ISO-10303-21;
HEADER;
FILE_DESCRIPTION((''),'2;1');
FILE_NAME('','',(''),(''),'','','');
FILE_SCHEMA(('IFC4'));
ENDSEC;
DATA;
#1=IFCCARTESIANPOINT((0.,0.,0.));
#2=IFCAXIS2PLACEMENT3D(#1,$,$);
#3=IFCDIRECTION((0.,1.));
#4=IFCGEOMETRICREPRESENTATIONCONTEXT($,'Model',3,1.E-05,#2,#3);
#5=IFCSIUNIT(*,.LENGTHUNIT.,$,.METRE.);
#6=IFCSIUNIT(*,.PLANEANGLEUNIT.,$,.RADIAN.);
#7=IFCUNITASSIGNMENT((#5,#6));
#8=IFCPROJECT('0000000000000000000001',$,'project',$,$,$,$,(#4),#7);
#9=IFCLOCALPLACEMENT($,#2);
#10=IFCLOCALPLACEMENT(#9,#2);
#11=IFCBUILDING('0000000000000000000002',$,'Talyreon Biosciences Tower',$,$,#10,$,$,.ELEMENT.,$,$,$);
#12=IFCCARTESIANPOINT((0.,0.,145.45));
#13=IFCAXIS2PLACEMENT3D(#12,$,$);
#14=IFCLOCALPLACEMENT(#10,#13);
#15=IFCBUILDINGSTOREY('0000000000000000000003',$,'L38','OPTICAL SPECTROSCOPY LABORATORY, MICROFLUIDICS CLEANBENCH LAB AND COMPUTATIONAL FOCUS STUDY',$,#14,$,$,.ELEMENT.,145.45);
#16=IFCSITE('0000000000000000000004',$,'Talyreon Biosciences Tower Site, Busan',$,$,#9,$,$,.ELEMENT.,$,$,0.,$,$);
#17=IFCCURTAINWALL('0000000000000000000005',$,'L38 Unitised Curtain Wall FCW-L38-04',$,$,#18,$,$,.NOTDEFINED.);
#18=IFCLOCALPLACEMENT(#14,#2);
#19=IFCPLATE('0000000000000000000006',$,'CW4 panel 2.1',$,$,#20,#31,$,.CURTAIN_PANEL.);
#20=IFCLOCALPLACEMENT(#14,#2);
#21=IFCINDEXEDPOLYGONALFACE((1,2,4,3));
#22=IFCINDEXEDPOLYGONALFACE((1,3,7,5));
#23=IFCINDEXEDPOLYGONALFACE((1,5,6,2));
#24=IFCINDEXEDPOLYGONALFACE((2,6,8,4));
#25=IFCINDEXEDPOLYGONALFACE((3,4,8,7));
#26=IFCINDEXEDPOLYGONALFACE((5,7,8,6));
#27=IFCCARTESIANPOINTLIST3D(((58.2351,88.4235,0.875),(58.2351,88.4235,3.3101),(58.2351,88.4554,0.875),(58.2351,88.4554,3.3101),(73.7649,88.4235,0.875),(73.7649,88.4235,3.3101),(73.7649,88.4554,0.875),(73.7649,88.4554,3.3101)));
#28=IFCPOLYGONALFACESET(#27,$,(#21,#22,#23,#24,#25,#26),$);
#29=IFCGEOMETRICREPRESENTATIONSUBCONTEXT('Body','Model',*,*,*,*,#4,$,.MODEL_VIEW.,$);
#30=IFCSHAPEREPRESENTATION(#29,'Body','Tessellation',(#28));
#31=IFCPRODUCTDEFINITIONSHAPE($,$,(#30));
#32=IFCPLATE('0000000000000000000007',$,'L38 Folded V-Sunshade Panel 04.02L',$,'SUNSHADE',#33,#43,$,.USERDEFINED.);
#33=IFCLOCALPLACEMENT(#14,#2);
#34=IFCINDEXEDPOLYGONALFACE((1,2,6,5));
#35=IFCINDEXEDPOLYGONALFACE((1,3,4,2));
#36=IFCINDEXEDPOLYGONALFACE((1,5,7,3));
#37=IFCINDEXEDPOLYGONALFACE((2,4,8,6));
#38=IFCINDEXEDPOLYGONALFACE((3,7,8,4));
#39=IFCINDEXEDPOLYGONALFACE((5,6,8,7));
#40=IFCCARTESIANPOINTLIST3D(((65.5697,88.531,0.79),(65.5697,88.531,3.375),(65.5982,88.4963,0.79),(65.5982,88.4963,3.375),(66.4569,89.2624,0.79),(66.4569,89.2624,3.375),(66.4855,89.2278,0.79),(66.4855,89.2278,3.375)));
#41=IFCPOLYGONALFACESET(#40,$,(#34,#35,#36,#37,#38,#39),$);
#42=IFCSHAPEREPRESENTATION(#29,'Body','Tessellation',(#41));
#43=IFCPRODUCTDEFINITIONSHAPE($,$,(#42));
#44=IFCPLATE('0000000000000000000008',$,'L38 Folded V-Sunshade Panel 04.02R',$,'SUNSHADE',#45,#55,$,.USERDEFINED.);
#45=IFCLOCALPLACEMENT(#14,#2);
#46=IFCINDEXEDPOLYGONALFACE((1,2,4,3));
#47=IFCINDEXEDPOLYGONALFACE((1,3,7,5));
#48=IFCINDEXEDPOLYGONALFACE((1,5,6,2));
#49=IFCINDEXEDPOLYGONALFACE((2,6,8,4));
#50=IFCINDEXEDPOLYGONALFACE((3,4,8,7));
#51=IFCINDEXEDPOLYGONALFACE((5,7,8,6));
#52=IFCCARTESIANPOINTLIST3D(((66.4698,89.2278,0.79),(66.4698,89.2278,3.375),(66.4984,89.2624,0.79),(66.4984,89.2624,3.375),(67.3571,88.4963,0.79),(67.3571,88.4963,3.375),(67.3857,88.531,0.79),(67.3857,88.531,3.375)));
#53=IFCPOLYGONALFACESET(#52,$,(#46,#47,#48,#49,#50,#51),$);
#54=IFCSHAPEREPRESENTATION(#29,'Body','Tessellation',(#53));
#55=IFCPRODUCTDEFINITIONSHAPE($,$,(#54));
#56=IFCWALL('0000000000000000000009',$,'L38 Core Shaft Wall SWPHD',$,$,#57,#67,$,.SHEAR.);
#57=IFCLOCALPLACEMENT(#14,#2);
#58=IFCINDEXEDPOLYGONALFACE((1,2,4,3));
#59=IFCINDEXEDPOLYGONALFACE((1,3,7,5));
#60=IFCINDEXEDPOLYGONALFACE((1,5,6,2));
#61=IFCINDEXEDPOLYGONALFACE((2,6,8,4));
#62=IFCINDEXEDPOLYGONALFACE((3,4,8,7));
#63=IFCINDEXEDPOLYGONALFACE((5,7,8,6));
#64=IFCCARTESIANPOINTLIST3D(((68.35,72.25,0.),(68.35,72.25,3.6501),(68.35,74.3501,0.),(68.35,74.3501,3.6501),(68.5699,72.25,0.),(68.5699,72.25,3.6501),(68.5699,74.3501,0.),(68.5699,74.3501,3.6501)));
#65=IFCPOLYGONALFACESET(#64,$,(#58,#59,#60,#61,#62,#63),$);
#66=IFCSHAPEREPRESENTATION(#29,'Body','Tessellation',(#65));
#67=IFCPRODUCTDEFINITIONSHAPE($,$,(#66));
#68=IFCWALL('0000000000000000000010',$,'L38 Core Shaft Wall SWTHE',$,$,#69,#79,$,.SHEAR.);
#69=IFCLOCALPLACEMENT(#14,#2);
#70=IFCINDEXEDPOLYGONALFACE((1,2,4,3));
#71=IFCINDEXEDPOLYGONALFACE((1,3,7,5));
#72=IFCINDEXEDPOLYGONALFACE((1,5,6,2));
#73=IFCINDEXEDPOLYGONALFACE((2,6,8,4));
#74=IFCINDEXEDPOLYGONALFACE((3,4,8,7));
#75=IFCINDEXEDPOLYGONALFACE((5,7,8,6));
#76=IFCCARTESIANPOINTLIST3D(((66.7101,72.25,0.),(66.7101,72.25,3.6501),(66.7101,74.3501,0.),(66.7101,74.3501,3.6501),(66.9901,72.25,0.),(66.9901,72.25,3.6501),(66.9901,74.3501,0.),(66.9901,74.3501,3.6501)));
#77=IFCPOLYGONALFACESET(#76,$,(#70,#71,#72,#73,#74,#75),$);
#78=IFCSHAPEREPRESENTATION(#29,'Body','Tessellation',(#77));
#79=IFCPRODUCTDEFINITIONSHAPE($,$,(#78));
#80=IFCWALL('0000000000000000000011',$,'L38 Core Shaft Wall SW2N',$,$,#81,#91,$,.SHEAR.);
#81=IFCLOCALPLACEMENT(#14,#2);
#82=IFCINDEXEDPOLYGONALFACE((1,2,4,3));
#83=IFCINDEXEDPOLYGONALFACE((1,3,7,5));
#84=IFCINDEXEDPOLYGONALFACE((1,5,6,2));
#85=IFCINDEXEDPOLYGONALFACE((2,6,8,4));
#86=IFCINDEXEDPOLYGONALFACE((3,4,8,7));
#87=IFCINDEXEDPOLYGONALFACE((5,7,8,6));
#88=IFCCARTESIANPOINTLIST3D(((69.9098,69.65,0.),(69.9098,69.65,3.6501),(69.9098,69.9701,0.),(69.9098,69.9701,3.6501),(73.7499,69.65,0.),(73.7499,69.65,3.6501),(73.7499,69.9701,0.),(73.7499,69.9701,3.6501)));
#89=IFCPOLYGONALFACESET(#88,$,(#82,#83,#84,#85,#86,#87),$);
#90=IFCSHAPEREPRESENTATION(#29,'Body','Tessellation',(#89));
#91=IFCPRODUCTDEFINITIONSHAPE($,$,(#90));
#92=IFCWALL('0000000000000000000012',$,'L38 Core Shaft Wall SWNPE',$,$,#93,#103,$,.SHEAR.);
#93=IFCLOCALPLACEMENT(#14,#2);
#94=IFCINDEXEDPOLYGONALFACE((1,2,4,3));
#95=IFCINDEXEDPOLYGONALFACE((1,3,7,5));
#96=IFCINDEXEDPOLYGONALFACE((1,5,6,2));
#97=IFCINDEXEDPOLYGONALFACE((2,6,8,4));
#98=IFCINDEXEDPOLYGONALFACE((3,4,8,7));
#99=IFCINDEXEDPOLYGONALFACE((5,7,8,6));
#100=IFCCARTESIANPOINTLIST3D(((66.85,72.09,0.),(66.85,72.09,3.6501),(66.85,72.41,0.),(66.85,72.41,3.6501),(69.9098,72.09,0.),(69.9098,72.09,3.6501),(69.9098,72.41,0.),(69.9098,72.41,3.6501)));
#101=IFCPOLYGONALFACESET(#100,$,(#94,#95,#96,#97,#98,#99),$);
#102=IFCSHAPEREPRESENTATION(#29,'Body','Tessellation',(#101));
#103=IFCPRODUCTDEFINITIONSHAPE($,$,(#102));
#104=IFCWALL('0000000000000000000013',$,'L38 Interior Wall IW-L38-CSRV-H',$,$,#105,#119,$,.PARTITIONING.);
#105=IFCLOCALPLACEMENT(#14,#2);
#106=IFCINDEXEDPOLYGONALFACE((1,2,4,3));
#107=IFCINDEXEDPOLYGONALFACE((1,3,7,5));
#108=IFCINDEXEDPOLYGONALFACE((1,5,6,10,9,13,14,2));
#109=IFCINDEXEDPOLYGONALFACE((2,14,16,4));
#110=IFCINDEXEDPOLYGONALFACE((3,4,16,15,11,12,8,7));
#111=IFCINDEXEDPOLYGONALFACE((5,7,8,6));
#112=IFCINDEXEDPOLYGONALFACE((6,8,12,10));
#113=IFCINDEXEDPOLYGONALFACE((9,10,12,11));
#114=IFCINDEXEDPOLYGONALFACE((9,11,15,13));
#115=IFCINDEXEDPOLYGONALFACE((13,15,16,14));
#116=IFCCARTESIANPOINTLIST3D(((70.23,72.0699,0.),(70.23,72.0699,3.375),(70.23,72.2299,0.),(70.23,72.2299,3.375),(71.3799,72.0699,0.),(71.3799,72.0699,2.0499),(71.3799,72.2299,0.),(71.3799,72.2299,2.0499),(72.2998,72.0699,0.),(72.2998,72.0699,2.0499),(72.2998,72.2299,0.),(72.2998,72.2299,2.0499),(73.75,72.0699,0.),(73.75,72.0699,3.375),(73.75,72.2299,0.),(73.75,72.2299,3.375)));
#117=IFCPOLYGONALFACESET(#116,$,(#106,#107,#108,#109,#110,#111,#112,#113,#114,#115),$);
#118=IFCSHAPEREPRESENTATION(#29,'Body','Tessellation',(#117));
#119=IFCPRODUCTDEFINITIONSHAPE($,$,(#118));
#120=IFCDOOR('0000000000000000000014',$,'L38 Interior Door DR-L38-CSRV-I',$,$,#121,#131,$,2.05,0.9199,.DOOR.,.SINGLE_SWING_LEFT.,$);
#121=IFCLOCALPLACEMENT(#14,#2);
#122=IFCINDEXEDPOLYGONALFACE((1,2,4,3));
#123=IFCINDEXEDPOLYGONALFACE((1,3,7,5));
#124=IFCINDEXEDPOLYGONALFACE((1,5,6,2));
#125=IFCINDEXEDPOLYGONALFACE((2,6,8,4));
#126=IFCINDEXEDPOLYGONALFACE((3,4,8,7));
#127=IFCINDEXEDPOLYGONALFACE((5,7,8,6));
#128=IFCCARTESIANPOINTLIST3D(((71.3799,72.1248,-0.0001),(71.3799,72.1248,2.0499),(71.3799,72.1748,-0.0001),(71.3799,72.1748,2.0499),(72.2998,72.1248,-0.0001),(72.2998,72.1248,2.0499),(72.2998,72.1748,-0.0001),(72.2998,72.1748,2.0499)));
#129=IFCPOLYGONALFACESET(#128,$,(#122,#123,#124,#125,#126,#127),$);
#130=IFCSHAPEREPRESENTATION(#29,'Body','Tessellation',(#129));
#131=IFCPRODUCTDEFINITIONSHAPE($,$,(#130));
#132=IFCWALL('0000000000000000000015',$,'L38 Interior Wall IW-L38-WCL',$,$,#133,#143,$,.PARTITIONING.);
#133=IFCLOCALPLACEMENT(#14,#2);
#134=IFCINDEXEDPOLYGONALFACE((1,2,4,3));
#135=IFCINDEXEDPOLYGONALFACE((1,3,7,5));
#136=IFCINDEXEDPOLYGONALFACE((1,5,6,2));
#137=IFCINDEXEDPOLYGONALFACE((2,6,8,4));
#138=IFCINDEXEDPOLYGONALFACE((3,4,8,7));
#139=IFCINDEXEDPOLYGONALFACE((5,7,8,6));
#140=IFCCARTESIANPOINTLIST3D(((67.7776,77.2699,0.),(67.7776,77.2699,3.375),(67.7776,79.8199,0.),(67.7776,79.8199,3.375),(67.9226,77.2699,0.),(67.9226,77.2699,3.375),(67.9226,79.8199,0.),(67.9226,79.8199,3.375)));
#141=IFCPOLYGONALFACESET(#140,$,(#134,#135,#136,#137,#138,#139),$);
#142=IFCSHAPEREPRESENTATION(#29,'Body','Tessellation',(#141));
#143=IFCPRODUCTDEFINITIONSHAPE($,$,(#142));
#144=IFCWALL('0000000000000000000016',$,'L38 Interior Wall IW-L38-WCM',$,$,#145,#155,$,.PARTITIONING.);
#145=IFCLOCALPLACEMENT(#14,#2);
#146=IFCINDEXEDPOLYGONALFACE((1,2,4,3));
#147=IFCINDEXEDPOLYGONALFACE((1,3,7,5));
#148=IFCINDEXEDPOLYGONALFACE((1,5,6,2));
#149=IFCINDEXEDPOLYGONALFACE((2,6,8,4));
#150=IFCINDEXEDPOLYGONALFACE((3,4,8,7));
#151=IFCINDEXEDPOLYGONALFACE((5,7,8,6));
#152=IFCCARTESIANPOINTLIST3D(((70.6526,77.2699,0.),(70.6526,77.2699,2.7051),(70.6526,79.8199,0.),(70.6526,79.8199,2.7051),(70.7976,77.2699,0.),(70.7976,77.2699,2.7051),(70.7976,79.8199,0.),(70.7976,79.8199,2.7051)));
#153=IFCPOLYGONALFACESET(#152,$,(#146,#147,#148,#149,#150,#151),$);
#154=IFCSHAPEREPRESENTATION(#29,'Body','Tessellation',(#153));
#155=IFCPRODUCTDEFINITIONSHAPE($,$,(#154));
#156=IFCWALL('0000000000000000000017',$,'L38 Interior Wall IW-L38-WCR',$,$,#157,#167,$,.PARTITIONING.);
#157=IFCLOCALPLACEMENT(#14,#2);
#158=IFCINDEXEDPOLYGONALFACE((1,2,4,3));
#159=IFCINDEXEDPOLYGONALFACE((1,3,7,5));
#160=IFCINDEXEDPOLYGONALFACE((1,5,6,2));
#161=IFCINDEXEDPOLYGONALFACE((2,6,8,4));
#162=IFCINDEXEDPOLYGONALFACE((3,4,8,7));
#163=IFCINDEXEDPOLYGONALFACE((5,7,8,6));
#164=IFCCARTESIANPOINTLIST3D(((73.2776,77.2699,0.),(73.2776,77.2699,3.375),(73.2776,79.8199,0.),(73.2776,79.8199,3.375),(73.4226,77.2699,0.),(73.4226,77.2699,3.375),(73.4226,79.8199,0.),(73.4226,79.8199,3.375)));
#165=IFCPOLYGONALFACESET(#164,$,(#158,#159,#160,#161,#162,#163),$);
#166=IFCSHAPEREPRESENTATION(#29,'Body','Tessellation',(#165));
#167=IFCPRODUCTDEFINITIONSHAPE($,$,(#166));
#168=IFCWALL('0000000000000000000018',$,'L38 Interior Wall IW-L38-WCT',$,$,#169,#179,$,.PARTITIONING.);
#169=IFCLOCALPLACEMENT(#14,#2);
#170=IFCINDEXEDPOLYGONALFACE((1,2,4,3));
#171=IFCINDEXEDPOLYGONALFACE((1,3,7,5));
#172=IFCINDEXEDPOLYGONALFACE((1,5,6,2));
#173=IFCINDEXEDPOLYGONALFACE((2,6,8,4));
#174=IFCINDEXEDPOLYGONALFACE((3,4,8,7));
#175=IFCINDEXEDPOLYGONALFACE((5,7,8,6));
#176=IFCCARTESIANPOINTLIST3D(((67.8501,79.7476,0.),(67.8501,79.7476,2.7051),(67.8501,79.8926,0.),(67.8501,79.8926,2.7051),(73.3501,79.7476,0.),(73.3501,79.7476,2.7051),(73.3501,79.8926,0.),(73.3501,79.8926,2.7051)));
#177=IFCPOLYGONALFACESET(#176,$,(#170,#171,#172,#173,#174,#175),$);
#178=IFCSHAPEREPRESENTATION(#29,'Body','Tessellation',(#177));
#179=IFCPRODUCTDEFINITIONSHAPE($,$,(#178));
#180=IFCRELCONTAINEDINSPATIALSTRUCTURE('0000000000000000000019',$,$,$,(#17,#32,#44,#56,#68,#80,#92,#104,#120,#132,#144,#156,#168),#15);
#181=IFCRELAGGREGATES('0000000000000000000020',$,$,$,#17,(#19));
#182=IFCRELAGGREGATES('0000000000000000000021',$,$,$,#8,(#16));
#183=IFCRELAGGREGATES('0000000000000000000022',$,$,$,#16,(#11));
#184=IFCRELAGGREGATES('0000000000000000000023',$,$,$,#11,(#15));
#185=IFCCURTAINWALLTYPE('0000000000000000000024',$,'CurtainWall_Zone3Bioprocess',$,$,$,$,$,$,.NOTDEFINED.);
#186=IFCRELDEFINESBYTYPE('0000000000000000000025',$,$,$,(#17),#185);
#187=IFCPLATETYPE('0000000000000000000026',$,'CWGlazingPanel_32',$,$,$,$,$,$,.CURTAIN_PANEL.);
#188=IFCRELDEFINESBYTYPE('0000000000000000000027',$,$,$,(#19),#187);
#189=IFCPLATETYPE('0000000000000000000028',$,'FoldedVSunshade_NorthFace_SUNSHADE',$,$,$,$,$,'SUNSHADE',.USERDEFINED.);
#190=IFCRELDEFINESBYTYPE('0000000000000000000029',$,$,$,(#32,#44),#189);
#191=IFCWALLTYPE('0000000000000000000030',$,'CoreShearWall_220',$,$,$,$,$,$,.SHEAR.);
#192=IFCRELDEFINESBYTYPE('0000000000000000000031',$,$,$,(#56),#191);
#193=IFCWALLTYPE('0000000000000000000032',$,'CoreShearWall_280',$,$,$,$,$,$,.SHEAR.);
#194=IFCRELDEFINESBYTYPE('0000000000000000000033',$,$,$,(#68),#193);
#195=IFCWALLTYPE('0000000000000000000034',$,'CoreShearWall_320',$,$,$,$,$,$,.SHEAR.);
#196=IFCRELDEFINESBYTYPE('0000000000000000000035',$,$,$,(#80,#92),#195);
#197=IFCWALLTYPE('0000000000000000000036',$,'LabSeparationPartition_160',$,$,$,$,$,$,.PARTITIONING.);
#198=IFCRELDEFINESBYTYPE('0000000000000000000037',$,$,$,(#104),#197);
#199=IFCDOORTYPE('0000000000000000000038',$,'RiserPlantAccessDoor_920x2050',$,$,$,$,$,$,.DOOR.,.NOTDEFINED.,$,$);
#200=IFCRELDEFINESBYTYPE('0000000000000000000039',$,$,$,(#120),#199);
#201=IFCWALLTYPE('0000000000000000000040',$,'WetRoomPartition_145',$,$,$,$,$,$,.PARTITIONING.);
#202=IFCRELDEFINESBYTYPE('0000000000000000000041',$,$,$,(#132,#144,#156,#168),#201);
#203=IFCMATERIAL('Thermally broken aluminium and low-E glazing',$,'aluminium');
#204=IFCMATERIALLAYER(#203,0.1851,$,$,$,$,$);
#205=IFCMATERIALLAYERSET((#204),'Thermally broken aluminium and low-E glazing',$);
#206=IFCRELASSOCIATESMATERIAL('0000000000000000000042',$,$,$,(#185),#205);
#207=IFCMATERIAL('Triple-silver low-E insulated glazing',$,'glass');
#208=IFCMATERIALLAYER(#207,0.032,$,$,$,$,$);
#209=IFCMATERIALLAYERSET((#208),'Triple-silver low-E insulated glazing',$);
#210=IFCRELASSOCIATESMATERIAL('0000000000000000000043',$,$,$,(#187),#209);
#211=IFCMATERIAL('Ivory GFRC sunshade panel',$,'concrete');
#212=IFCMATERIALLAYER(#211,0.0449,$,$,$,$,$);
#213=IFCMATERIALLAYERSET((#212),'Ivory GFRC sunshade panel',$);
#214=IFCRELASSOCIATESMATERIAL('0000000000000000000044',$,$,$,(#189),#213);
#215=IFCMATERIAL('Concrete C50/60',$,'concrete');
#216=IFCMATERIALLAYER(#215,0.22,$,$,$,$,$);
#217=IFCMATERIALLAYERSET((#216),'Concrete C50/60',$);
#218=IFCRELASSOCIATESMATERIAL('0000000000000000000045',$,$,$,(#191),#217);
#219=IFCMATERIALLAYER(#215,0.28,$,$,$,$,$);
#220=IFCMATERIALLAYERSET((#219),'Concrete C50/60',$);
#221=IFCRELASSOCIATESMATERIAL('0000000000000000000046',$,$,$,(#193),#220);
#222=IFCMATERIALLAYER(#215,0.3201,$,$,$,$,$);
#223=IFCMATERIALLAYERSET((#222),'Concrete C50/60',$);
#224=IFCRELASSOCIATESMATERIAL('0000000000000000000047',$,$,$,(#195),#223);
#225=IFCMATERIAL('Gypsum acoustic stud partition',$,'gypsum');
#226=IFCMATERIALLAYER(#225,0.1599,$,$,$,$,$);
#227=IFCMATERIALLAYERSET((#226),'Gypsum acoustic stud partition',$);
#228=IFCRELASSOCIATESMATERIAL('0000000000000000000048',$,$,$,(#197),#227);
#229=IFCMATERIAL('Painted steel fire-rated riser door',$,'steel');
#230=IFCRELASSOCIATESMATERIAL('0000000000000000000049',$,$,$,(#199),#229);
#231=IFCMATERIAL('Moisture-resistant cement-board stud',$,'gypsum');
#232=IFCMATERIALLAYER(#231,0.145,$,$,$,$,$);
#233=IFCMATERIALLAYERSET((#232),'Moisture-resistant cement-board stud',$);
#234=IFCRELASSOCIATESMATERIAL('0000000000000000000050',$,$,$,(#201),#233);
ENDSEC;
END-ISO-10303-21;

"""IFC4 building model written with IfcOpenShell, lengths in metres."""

from ifc_helpers import new_model, si_unit, direction, frame, frame_2d, origin, origin_2d, place, context, subcontext, project, spatial, rectangle, extrude, material, layer, layer_set, type_object, element, fill, aggregate, save


model = new_model("IFC4")

# Units and contexts
model_context = context("Model", 3, precision=1e-05, world=origin(), true_north=direction((0.0, 1.0)))
body_context = subcontext(model_context, "Body", "Model", "MODEL_VIEW")
ifc_project = project(units=[si_unit("LENGTHUNIT", "METRE"), si_unit("PLANEANGLEUNIT", "RADIAN")], contexts=[model_context])

# Site, building, storey
site_placement = place(None, origin())
site = spatial("IfcSite", under=ifc_project, at=site_placement, Name="Talyreon Biosciences Tower Site, Busan", CompositionType="ELEMENT", RefElevation=0.0)
building_placement = place(site_placement, origin())
building = spatial("IfcBuilding", under=site, at=building_placement, Name="Talyreon Biosciences Tower", CompositionType="ELEMENT")
storey_placement = place(building_placement, frame((0.0, 0.0, 145.45)))
storey = spatial("IfcBuildingStorey", under=building, at=storey_placement, Name="L38", Description="OPTICAL SPECTROSCOPY LABORATORY, MICROFLUIDICS CLEANBENCH LAB AND COMPUTATIONAL FOCUS STUDY", CompositionType="ELEMENT", Elevation=145.45)

# Shared definitions
ifc_material_1 = material(Name="Concrete C50/60", Category="concrete")

# Curtain wall
ifc_material_2 = material(Name="Thermally broken aluminium and low-E glazing", Category="aluminium")
ifc_layer_1 = layer(ifc_material_2, 0.1851)
ifc_layer_set_1 = layer_set([ifc_layer_1], Name="Thermally broken aluminium and low-E glazing")
curtain_wall_type = type_object("IfcCurtainWallType", Name="CurtainWall_Zone3Bioprocess", PredefinedType="NOTDEFINED", material=ifc_layer_set_1)
curtain_wall_placement = place(storey_placement, origin())
curtain_wall = element("IfcCurtainWall", 1, at=curtain_wall_placement, inside=storey, type_object=curtain_wall_type, Name="L38 Unitised Curtain Wall FCW-L38-04", PredefinedType="NOTDEFINED")

# Plate
ifc_material_3 = material(Name="Triple-silver low-E insulated glazing", Category="glass")
ifc_layer_2 = layer(ifc_material_3, 0.032)
ifc_layer_set_2 = layer_set([ifc_layer_2], Name="Triple-silver low-E insulated glazing")
plate_type_1 = type_object("IfcPlateType", Name="CWGlazingPanel_32", PredefinedType="CURTAIN_PANEL", material=ifc_layer_set_2)
plate_placement = place(storey_placement, frame((66.0, 88.4395, 0.875), z_axis=(0.0, 0.0, 1.0), x_axis=(1.0, 0.0, 0.0)))
plate = element("IfcPlate", 2, at=plate_placement, type_object=plate_type_1, Name="CW4 panel 2.1", PredefinedType="CURTAIN_PANEL", context=body_context, shape_type="SweptSolid", body=[
    extrude(rectangle(XDim=15.5298, YDim=0.032, at=origin_2d()), origin(), (0.0, 0.0, 1.0), 2.4351),
])
aggregate(curtain_wall, [plate])

# Plates
ifc_material_4 = material(Name="Ivory GFRC sunshade panel", Category="concrete")
ifc_layer_3 = layer(ifc_material_4, 0.0449)
ifc_layer_set_3 = layer_set([ifc_layer_3], Name="Ivory GFRC sunshade panel")
plate_type_2 = type_object("IfcPlateType", Name="FoldedVSunshade_NorthFace_SUNSHADE", ElementType="SUNSHADE", PredefinedType="USERDEFINED", material=ifc_layer_set_3)
for number, where, z_axis, x_axis, name in (
    (3, (66.0276, 88.8794, 0.79), (0.0, 0.0, 1.0), (0.771625, 0.636078, 0.0), "L38 Folded V-Sunshade Panel 04.02L"),
    (4, (66.9277, 88.8794, 0.79), (0.0, 0.0, 1.0), (0.771625, -0.636078, 0.0), "L38 Folded V-Sunshade Panel 04.02R"),
):
    element("IfcPlate", number, at=place(storey_placement, frame(where, z_axis=z_axis, x_axis=x_axis)), inside=storey, type_object=plate_type_2, Name=name, ObjectType="SUNSHADE", PredefinedType="USERDEFINED", context=body_context, shape_type="SweptSolid", body=[
        extrude(rectangle(XDim=1.1499, YDim=0.0449, at=origin_2d()), origin(), (0.0, 0.0, 1.0), 2.585),
    ])

# Walls
ifc_layer_4 = layer(ifc_material_1, 0.22)
ifc_layer_set_4 = layer_set([ifc_layer_4], Name="Concrete C50/60")
wall_type_1 = type_object("IfcWallType", Name="CoreShearWall_220", PredefinedType="SHEAR", material=ifc_layer_set_4)
wall_1_placement = place(storey_placement, frame((68.46, 72.25, 0.0), z_axis=(0.0, 0.0, 1.0), x_axis=(0.0, 1.0, 0.0)))
element("IfcWall", 5, at=wall_1_placement, inside=storey, type_object=wall_type_1, Name="L38 Core Shaft Wall SWPHD", PredefinedType="SHEAR", context=body_context, shape_type="SweptSolid", body=[
    extrude(rectangle(XDim=2.1001, YDim=0.22, at=frame_2d((1.05, 0.0))), origin(), (0.0, 0.0, 1.0), 3.6501),
])
ifc_layer_5 = layer(ifc_material_1, 0.28)
ifc_layer_set_5 = layer_set([ifc_layer_5], Name="Concrete C50/60")
wall_type_2 = type_object("IfcWallType", Name="CoreShearWall_280", PredefinedType="SHEAR", material=ifc_layer_set_5)
wall_2_placement = place(storey_placement, frame((66.8501, 72.25, 0.0), z_axis=(0.0, 0.0, 1.0), x_axis=(0.0, 1.0, 0.0)))
element("IfcWall", 6, at=wall_2_placement, inside=storey, type_object=wall_type_2, Name="L38 Core Shaft Wall SWTHE", PredefinedType="SHEAR", context=body_context, shape_type="SweptSolid", body=[
    extrude(rectangle(XDim=2.1001, YDim=0.28, at=frame_2d((1.05, 0.0))), origin(), (0.0, 0.0, 1.0), 3.6501),
])
ifc_layer_6 = layer(ifc_material_1, 0.3201)
ifc_layer_set_6 = layer_set([ifc_layer_6], Name="Concrete C50/60")
wall_type_3 = type_object("IfcWallType", Name="CoreShearWall_320", PredefinedType="SHEAR", material=ifc_layer_set_6)
wall_3_placement = place(storey_placement, frame((69.9099, 69.8101, 0.0), z_axis=(0.0, 0.0, 1.0), x_axis=(1.0, 0.0, 0.0)))
element("IfcWall", 7, at=wall_3_placement, inside=storey, type_object=wall_type_3, Name="L38 Core Shaft Wall SW2N", PredefinedType="SHEAR", context=body_context, shape_type="SweptSolid", body=[
    extrude(rectangle(XDim=3.8401, YDim=0.3201, at=frame_2d((1.9199, 0.0))), origin(), (0.0, 0.0, 1.0), 3.6501),
])
wall_4_placement = place(storey_placement, frame((66.8501, 72.25, 0.0), z_axis=(0.0, 0.0, 1.0), x_axis=(1.0, 0.0, 0.0)))
element("IfcWall", 8, at=wall_4_placement, inside=storey, type_object=wall_type_3, Name="L38 Core Shaft Wall SWNPE", PredefinedType="SHEAR", context=body_context, shape_type="SweptSolid", body=[
    extrude(rectangle(XDim=3.0598, YDim=0.3201, at=frame_2d((1.5298, 0.0))), origin(), (0.0, 0.0, 1.0), 3.6501),
])

# Wall, opening, door
ifc_material_5 = material(Name="Gypsum acoustic stud partition", Category="gypsum")
ifc_layer_7 = layer(ifc_material_5, 0.1599)
ifc_layer_set_7 = layer_set([ifc_layer_7], Name="Gypsum acoustic stud partition")
wall_type_4 = type_object("IfcWallType", Name="LabSeparationPartition_160", PredefinedType="PARTITIONING", material=ifc_layer_set_7)
wall_5_placement = place(storey_placement, frame((70.23, 72.1499, 0.0), z_axis=(0.0, 0.0, 1.0), x_axis=(1.0, 0.0, 0.0)))
wall_5 = element("IfcWall", 9, at=wall_5_placement, inside=storey, type_object=wall_type_4, Name="L38 Interior Wall IW-L38-CSRV-H", PredefinedType="PARTITIONING", context=body_context, shape_type="SweptSolid", body=[
    extrude(rectangle(XDim=3.52, YDim=0.1599, at=frame_2d((1.76, 0.0))), origin(), (0.0, 0.0, 1.0), 3.375),
])
opening_placement = place(wall_5_placement, frame((1.1499, 0.0, 0.0)))
opening = element("IfcOpeningElement", 10, at=opening_placement, cuts=wall_5, PredefinedType="OPENING", context=body_context, shape_type="SweptSolid", body=[
    extrude(rectangle(XDim=0.9199, YDim=2.05, at=frame_2d((0.46, 1.0249))), frame((0.0, 0.0898, 0.0), z_axis=(0.0, -1.0, 0.0), x_axis=(1.0, 0.0, 0.0)), (0.0, 0.0, 1.0), 0.1799),
])
ifc_material_6 = material(Name="Painted steel fire-rated riser door", Category="steel")
door_type = type_object("IfcDoorType", Name="RiserPlantAccessDoor_920x2050", OperationType="NOTDEFINED", PredefinedType="DOOR", material=ifc_material_6)
door_placement = place(opening_placement, origin())
door = element("IfcDoor", 11, at=door_placement, inside=storey, type_object=door_type, Name="L38 Interior Door DR-L38-CSRV-I", OperationType="SINGLE_SWING_LEFT", OverallHeight=2.05, OverallWidth=0.9199, PredefinedType="DOOR", context=body_context, shape_type="SweptSolid", body=[
    extrude(rectangle(XDim=0.9199, YDim=2.05, at=frame_2d((0.46, 1.0249))), frame((0.0, 0.0249, 0.0), z_axis=(0.0, -1.0, 0.0), x_axis=(1.0, 0.0, 0.0)), (0.0, 0.0, 1.0), 0.05),
])
fill(opening, door)

# Walls
ifc_material_7 = material(Name="Moisture-resistant cement-board stud", Category="gypsum")
ifc_layer_8 = layer(ifc_material_7, 0.145)
ifc_layer_set_8 = layer_set([ifc_layer_8], Name="Moisture-resistant cement-board stud")
wall_type_5 = type_object("IfcWallType", Name="WetRoomPartition_145", PredefinedType="PARTITIONING", material=ifc_layer_set_8)
wall_6_placement = place(storey_placement, frame((67.8501, 77.27, 0.0), z_axis=(0.0, 0.0, 1.0), x_axis=(0.0, 1.0, 0.0)))
element("IfcWall", 12, at=wall_6_placement, inside=storey, type_object=wall_type_5, Name="L38 Interior Wall IW-L38-WCL", PredefinedType="PARTITIONING", context=body_context, shape_type="SweptSolid", body=[
    extrude(rectangle(XDim=2.55, YDim=0.145, at=frame_2d((1.2749, 0.0))), origin(), (0.0, 0.0, 1.0), 3.375),
])
wall_7_placement = place(storey_placement, frame((70.7251, 77.27, 0.0), z_axis=(0.0, 0.0, 1.0), x_axis=(0.0, 1.0, 0.0)))
element("IfcWall", 13, at=wall_7_placement, inside=storey, type_object=wall_type_5, Name="L38 Interior Wall IW-L38-WCM", PredefinedType="PARTITIONING", context=body_context, shape_type="SweptSolid", body=[
    extrude(rectangle(XDim=2.55, YDim=0.145, at=frame_2d((1.2749, 0.0))), origin(), (0.0, 0.0, 1.0), 2.7051),
])
wall_8_placement = place(storey_placement, frame((73.3501, 77.27, 0.0), z_axis=(0.0, 0.0, 1.0), x_axis=(0.0, 1.0, 0.0)))
element("IfcWall", 14, at=wall_8_placement, inside=storey, type_object=wall_type_5, Name="L38 Interior Wall IW-L38-WCR", PredefinedType="PARTITIONING", context=body_context, shape_type="SweptSolid", body=[
    extrude(rectangle(XDim=2.55, YDim=0.145, at=frame_2d((1.2749, 0.0))), origin(), (0.0, 0.0, 1.0), 3.375),
])
wall_9_placement = place(storey_placement, frame((67.8501, 79.8201, 0.0), z_axis=(0.0, 0.0, 1.0), x_axis=(1.0, 0.0, 0.0)))
element("IfcWall", 15, at=wall_9_placement, inside=storey, type_object=wall_type_5, Name="L38 Interior Wall IW-L38-WCT", PredefinedType="PARTITIONING", context=body_context, shape_type="SweptSolid", body=[
    extrude(rectangle(XDim=5.5, YDim=0.145, at=frame_2d((2.75, 0.0))), origin(), (0.0, 0.0, 1.0), 2.7051),
])

save(model, "model.ifc")
